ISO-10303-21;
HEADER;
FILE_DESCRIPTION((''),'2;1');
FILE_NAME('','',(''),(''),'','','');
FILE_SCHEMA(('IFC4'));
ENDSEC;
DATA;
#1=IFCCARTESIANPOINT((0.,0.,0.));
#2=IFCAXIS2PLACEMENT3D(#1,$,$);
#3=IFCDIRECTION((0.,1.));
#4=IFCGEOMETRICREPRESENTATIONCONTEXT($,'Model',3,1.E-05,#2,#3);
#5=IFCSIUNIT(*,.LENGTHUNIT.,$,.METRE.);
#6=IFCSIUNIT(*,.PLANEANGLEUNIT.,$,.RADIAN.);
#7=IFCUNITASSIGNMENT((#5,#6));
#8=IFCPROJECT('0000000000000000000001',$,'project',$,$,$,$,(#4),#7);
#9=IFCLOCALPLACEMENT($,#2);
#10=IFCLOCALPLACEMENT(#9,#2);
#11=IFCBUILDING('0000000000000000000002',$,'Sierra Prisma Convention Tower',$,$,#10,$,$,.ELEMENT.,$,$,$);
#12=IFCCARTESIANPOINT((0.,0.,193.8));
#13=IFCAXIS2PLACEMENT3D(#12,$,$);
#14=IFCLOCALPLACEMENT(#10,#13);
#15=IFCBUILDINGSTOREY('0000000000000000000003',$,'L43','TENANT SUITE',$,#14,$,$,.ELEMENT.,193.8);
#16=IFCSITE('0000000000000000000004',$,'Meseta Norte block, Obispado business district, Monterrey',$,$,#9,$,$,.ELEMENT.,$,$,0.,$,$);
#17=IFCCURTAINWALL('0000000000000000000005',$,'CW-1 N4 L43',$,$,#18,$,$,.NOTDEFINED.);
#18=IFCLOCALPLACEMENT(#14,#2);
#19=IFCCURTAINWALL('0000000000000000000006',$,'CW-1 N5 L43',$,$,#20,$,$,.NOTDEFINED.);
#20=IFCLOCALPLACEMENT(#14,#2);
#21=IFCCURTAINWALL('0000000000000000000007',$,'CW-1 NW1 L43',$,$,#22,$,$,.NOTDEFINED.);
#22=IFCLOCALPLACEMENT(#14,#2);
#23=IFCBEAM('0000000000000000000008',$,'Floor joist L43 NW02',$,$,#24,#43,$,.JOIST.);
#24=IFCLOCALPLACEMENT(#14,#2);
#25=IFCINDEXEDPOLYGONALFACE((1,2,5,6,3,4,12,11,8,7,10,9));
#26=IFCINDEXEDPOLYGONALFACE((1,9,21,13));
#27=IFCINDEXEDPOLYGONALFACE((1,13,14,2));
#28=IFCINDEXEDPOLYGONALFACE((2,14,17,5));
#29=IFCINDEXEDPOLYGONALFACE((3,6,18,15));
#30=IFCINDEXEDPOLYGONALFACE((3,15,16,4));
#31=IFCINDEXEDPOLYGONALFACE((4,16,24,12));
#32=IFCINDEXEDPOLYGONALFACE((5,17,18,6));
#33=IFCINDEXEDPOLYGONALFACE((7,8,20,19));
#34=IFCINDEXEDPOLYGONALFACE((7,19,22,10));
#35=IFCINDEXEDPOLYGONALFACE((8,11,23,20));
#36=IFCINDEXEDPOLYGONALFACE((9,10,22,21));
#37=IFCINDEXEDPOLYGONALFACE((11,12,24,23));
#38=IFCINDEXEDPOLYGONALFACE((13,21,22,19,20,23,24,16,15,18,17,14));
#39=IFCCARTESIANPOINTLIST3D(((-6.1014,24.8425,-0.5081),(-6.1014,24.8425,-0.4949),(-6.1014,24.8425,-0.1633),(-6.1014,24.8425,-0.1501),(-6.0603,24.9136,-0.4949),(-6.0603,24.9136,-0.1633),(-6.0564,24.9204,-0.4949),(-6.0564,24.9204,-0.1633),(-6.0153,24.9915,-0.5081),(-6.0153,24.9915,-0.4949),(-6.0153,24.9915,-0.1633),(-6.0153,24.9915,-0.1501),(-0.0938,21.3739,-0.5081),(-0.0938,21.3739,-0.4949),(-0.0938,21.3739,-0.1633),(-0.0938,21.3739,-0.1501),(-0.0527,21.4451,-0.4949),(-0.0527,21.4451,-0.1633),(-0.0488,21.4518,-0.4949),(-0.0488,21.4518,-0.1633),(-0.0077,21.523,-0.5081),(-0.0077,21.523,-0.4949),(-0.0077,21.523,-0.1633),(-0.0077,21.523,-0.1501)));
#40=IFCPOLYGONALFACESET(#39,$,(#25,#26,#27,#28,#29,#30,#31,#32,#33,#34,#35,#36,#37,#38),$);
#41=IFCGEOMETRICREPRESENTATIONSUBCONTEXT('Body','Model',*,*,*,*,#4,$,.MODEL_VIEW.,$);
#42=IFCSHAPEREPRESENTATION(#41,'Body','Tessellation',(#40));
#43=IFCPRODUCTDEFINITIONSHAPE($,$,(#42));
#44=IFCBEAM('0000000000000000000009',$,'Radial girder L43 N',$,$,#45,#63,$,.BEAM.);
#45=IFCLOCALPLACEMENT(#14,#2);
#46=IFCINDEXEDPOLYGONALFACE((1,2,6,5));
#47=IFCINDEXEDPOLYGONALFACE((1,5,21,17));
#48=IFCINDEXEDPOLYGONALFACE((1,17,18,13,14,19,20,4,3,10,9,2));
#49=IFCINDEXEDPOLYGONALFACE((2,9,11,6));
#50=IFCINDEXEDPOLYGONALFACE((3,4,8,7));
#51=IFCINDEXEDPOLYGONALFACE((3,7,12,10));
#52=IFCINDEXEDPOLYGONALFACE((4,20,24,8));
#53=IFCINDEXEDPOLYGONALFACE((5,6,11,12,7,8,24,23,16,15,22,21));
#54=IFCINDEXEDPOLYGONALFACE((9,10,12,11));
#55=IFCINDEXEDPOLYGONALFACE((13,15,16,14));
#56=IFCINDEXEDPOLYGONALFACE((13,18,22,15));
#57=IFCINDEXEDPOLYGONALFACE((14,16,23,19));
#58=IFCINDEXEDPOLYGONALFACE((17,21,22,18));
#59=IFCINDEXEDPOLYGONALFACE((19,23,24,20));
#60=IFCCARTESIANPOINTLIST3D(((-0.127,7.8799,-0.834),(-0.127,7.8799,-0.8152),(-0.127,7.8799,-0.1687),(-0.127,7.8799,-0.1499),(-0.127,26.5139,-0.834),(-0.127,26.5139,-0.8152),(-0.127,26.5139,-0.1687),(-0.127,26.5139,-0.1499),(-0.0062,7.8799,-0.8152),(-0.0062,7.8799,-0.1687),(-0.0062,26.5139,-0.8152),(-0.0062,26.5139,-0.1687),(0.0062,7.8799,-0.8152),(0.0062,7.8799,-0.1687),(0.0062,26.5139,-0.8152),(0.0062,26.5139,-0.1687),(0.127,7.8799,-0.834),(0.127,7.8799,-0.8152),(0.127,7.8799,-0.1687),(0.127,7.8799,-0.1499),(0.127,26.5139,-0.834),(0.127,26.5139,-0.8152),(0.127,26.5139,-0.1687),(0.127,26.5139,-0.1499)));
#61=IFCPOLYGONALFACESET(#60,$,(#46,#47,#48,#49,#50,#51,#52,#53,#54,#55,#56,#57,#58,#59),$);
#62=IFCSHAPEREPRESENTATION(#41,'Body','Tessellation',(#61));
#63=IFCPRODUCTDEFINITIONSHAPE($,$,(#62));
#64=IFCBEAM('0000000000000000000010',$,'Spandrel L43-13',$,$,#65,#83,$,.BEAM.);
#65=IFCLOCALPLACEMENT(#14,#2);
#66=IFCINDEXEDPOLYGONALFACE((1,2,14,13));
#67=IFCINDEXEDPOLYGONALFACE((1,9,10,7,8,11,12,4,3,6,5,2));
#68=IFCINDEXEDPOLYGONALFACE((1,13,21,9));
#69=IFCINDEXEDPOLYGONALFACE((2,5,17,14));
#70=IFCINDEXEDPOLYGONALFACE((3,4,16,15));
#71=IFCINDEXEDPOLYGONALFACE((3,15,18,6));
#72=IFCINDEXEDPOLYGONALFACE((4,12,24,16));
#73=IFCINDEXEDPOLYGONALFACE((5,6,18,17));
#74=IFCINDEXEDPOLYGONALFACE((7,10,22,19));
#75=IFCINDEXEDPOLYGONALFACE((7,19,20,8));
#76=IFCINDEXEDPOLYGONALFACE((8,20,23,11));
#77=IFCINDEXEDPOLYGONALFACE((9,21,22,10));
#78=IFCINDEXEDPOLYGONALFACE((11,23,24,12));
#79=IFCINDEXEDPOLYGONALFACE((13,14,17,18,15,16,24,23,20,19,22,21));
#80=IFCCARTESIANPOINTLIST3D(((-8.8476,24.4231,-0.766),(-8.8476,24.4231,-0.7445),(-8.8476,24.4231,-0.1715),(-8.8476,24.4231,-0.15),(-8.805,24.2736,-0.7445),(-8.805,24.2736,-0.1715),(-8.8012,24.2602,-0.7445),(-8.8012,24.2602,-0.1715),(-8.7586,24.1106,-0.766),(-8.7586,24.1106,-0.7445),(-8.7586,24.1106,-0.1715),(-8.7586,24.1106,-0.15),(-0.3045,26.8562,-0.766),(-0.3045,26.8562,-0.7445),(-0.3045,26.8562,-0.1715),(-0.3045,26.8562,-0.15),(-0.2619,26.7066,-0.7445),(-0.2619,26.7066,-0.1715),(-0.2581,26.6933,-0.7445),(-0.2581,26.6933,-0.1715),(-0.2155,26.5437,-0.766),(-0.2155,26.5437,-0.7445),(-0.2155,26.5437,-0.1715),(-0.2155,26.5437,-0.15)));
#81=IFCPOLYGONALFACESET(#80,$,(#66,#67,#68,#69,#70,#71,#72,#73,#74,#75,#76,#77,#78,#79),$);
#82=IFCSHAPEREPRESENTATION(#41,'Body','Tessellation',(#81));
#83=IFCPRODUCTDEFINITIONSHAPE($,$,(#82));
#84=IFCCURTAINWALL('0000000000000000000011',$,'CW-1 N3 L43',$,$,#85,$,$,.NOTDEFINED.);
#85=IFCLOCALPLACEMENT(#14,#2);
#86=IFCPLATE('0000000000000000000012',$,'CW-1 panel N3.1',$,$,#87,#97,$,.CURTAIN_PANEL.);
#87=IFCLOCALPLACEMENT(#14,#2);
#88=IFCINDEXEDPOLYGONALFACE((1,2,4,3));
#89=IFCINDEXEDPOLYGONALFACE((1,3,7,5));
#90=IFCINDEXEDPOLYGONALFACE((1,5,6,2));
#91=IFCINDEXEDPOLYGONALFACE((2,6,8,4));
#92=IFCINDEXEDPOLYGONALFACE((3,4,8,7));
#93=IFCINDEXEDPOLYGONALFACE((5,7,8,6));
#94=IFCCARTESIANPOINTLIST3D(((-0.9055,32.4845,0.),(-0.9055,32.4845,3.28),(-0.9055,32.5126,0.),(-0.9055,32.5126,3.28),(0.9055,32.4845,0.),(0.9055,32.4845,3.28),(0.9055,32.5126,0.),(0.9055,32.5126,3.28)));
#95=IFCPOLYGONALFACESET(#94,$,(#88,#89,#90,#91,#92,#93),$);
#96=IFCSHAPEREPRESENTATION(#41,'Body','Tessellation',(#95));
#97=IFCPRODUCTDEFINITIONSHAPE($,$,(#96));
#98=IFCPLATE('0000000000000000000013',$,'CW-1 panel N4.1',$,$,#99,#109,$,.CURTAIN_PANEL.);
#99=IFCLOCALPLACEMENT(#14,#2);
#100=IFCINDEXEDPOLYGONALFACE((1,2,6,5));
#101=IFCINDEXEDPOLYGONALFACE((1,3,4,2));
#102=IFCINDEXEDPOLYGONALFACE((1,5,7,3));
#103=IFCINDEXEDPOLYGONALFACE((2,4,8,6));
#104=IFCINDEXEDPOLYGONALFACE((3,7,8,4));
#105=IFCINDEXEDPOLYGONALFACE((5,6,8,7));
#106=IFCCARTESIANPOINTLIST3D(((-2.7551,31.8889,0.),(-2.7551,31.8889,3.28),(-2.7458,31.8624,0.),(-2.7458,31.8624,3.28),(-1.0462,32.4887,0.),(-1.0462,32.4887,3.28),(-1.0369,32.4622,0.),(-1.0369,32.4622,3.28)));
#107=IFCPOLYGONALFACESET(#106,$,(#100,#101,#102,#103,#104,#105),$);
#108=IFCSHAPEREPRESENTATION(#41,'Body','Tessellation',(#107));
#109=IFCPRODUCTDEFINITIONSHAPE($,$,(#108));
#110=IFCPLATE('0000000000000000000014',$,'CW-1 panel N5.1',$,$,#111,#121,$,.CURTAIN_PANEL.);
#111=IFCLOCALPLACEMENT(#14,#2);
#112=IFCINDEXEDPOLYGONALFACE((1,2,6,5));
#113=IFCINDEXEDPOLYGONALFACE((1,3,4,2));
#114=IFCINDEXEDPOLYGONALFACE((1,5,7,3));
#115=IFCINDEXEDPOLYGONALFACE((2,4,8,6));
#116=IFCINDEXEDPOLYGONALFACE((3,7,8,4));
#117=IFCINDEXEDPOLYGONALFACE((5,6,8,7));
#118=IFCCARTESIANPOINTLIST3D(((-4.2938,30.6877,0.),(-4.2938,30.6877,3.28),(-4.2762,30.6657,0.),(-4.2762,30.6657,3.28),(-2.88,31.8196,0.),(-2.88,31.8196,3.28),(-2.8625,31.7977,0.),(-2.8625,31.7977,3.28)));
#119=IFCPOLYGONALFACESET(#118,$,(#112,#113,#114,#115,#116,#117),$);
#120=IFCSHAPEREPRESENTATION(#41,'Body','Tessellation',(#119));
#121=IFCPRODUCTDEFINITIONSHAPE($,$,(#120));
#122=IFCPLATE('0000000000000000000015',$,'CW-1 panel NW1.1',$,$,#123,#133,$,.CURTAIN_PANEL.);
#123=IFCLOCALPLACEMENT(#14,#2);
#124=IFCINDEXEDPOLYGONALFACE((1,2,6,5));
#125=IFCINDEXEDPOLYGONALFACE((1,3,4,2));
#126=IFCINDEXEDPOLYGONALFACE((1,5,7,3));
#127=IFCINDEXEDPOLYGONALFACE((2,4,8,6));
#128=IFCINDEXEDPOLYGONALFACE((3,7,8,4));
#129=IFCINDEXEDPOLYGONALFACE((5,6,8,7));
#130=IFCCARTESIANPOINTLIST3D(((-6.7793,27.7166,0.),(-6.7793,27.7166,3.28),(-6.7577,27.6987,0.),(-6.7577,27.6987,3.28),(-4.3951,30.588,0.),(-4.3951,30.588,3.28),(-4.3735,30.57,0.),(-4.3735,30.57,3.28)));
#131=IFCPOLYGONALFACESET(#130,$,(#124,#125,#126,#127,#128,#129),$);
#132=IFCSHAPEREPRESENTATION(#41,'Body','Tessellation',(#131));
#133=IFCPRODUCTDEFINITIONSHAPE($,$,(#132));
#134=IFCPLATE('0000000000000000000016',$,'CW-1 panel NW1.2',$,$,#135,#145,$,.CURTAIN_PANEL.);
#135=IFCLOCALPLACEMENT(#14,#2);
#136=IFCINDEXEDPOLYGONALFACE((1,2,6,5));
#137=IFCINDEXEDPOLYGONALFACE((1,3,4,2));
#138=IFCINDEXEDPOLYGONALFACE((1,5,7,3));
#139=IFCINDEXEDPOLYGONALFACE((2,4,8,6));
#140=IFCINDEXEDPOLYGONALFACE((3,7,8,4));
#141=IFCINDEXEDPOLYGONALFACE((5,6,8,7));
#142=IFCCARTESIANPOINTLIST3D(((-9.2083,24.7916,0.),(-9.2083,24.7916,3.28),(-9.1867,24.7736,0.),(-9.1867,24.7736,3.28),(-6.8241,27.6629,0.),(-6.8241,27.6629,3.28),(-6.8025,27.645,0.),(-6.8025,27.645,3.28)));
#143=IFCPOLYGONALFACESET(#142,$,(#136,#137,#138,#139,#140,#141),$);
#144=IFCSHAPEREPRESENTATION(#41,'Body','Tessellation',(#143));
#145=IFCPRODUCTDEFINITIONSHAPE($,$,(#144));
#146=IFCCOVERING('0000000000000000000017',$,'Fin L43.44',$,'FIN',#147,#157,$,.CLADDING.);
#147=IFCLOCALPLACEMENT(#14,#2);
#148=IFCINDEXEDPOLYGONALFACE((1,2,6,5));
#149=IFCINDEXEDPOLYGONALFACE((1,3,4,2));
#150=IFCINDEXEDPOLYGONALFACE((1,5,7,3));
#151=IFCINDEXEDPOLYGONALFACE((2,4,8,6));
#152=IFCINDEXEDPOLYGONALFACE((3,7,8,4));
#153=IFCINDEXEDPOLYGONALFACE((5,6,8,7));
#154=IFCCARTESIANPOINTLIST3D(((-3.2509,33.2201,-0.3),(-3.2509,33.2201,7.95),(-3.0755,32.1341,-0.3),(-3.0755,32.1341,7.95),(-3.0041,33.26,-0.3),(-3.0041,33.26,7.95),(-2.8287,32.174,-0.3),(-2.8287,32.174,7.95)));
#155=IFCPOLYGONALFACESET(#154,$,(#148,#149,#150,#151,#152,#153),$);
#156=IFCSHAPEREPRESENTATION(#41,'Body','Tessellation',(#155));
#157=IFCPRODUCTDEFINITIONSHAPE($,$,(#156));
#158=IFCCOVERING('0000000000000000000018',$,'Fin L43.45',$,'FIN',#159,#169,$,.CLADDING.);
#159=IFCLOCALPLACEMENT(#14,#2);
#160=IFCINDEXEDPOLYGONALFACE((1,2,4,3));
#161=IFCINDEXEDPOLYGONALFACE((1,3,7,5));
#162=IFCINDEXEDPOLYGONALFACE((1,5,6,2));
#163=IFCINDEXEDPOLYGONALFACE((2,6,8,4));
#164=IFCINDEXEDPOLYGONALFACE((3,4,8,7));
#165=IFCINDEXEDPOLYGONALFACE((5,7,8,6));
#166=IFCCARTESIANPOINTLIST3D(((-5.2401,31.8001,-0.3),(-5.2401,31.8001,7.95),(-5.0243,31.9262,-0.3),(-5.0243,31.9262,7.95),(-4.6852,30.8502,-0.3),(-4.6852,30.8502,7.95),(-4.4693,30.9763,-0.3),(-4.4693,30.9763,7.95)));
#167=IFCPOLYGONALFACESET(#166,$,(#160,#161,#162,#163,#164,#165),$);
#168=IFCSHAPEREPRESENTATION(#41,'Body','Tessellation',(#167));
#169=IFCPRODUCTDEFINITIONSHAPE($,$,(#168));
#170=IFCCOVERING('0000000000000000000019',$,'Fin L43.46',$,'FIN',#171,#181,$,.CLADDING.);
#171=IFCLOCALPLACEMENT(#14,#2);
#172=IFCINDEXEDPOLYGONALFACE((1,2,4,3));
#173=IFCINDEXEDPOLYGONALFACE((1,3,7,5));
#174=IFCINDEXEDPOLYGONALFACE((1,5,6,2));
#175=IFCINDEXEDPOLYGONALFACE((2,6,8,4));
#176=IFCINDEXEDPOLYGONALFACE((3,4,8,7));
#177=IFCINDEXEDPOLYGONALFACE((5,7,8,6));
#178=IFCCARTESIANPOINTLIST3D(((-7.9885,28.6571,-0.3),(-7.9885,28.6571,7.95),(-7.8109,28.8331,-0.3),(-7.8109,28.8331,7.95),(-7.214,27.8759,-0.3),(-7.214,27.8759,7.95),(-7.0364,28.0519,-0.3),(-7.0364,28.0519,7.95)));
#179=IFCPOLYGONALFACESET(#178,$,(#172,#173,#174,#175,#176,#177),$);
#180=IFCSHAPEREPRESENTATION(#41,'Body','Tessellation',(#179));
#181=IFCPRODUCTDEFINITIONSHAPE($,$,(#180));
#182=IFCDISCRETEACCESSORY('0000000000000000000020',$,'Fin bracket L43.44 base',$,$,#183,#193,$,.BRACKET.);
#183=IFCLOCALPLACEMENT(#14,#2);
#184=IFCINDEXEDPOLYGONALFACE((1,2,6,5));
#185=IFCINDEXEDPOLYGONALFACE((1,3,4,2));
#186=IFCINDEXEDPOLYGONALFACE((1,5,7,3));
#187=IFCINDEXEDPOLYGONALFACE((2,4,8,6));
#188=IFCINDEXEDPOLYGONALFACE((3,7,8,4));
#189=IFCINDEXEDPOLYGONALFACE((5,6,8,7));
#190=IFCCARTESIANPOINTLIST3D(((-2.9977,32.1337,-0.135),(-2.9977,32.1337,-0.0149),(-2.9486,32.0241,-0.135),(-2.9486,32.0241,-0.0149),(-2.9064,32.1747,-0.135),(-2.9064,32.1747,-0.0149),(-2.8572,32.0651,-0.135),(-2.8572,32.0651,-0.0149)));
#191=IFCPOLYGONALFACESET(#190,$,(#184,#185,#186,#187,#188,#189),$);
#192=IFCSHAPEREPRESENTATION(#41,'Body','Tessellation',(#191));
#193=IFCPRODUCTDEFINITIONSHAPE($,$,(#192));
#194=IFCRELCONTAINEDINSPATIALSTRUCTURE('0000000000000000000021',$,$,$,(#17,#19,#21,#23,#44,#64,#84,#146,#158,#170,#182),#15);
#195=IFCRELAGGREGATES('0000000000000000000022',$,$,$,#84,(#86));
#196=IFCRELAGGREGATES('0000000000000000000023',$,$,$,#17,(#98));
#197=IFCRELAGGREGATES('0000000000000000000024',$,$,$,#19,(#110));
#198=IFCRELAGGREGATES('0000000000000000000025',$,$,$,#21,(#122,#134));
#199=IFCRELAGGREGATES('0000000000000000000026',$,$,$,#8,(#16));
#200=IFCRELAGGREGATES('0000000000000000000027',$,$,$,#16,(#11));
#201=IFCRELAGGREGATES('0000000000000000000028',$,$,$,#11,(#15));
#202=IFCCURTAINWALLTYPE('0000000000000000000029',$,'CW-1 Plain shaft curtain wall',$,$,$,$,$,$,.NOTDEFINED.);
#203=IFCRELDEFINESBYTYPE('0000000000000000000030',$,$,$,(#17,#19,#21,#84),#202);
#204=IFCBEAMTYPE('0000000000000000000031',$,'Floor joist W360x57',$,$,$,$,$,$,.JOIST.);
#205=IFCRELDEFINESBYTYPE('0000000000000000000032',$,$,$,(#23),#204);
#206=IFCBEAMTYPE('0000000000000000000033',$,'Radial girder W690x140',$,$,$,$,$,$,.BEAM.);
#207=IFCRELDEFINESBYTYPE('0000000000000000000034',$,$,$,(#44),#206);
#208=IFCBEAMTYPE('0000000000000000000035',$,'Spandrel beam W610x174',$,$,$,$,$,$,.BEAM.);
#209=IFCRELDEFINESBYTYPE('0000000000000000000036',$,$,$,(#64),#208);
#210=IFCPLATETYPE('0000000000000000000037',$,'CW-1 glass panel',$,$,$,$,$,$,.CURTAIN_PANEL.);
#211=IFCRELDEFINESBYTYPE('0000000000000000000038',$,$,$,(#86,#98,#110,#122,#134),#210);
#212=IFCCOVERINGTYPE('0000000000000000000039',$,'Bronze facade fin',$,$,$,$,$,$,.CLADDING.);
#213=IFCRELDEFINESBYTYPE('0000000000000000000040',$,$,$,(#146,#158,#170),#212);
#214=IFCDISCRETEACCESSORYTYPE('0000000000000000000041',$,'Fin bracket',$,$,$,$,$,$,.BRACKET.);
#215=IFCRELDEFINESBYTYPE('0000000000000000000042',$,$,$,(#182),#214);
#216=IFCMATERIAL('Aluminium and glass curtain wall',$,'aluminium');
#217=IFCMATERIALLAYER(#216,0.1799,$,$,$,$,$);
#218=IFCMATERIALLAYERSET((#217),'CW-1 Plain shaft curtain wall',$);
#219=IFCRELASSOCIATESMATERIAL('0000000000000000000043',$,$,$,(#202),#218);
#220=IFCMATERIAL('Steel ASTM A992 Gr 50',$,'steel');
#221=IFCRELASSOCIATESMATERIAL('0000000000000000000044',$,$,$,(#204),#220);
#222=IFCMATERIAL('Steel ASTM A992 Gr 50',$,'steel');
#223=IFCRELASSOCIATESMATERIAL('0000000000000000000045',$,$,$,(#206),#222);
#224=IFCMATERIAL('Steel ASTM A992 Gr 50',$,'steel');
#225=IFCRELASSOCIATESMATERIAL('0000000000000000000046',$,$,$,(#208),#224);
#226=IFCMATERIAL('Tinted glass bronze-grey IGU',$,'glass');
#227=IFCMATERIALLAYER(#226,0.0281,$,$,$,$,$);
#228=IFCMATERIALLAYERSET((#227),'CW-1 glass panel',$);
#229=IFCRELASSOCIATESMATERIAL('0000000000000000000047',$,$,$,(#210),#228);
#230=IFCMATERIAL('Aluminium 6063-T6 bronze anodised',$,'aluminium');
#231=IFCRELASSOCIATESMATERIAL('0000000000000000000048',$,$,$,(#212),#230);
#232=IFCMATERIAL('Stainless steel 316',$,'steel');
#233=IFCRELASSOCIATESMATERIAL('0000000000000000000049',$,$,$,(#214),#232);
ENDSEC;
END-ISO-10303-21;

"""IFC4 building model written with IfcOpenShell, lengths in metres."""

from ifc_helpers import new_model, si_unit, direction, frame, origin, origin_2d, place, context, subcontext, project, spatial, rectangle, i_section, extrude, material, layer, layer_set, material_profile, profile_set, type_object, element, aggregate, save


model = new_model("IFC4")

# Units and contexts
model_context = context("Model", 3, precision=1e-05, world=origin(), true_north=direction((0.0, 1.0)))
body_context = subcontext(model_context, "Body", "Model", "MODEL_VIEW")
ifc_project = project(units=[si_unit("LENGTHUNIT", "METRE"), si_unit("PLANEANGLEUNIT", "RADIAN")], contexts=[model_context])

# Site, building, storey
site_placement = place(None, origin())
site = spatial("IfcSite", under=ifc_project, at=site_placement, Name="Meseta Norte block, Obispado business district, Monterrey", CompositionType="ELEMENT", RefElevation=0.0)
building_placement = place(site_placement, origin())
building = spatial("IfcBuilding", under=site, at=building_placement, Name="Sierra Prisma Convention Tower", CompositionType="ELEMENT")
storey_placement = place(building_placement, frame((0.0, 0.0, 193.8)))
storey = spatial("IfcBuildingStorey", under=building, at=storey_placement, Name="L43", Description="TENANT SUITE", CompositionType="ELEMENT", Elevation=193.8)

# Curtain walls
ifc_material_1 = material(Name="Aluminium and glass curtain wall", Category="aluminium")
ifc_layer_1 = layer(ifc_material_1, 0.1799)
ifc_layer_set_1 = layer_set([ifc_layer_1], Name="CW-1 Plain shaft curtain wall")
curtain_wall_type = type_object("IfcCurtainWallType", Name="CW-1 Plain shaft curtain wall", PredefinedType="NOTDEFINED", material=ifc_layer_set_1)
curtain_wall_1_placement = place(storey_placement, origin())
curtain_wall_1 = element("IfcCurtainWall", 1, at=curtain_wall_1_placement, inside=storey, type_object=curtain_wall_type, Name="CW-1 N4 L43", PredefinedType="NOTDEFINED")
curtain_wall_2_placement = place(storey_placement, origin())
curtain_wall_2 = element("IfcCurtainWall", 2, at=curtain_wall_2_placement, inside=storey, type_object=curtain_wall_type, Name="CW-1 N5 L43", PredefinedType="NOTDEFINED")

# Curtain wall
curtain_wall_3_placement = place(storey_placement, origin())
curtain_wall_3 = element("IfcCurtainWall", 3, at=curtain_wall_3_placement, inside=storey, type_object=curtain_wall_type, Name="CW-1 NW1 L43", PredefinedType="NOTDEFINED")

# Beams
ifc_material_2 = material(Name="Steel ASTM A992 Gr 50", Category="steel")
ifc_material_profile_1 = material_profile(ifc_material_2, i_section(OverallWidth=0.1721, OverallDepth=0.3579, WebThickness=0.0078, FlangeThickness=0.0132, at=origin_2d()), Name="W360x57")
ifc_profile_set_1 = profile_set([ifc_material_profile_1], Name="Steel ASTM A992 Gr 50")
beam_type_1 = type_object("IfcBeamType", Name="Floor joist W360x57", PredefinedType="JOIST", material=ifc_profile_set_1)
beam_1_placement = place(storey_placement, frame((-6.0583, 24.917, -0.3291), z_axis=(0.866023, -0.500004, 0.0), x_axis=(0.500004, 0.866023, 0.0)))
element("IfcBeam", 4, at=beam_1_placement, inside=storey, type_object=beam_type_1, Name="Floor joist L43 NW02", PredefinedType="JOIST", context=body_context, shape_type="SweptSolid", body=[
    extrude(i_section(OverallWidth=0.1721, OverallDepth=0.3579, WebThickness=0.0078, FlangeThickness=0.0132, at=origin_2d()), origin(), (0.0, 0.0, 1.0), 6.937),
])
ifc_material_3 = material(Name="Steel ASTM A992 Gr 50", Category="steel")
ifc_material_profile_2 = material_profile(ifc_material_3, i_section(OverallWidth=0.2539, OverallDepth=0.6841, WebThickness=0.0125, FlangeThickness=0.0188, at=origin_2d()), Name="W690x140")
ifc_profile_set_2 = profile_set([ifc_material_profile_2], Name="Steel ASTM A992 Gr 50")
beam_type_2 = type_object("IfcBeamType", Name="Radial girder W690x140", PredefinedType="BEAM", material=ifc_profile_set_2)
beam_2_placement = place(storey_placement, frame((0.0, 26.5139, -0.4919), z_axis=(0.0, -1.0, 0.0), x_axis=(1.0, 0.0, 0.0)))
element("IfcBeam", 5, at=beam_2_placement, inside=storey, type_object=beam_type_2, Name="Radial girder L43 N", PredefinedType="BEAM", context=body_context, shape_type="SweptSolid", body=[
    extrude(i_section(OverallWidth=0.2539, OverallDepth=0.6841, WebThickness=0.0125, FlangeThickness=0.0188, at=origin_2d()), origin(), (0.0, 0.0, 1.0), 18.634),
])
ifc_material_4 = material(Name="Steel ASTM A992 Gr 50", Category="steel")
ifc_material_profile_3 = material_profile(ifc_material_4, i_section(OverallWidth=0.325, OverallDepth=0.616, WebThickness=0.0139, FlangeThickness=0.0215, at=origin_2d()), Name="W610x174")
ifc_profile_set_3 = profile_set([ifc_material_profile_3], Name="Steel ASTM A992 Gr 50")
beam_type_3 = type_object("IfcBeamType", Name="Spandrel beam W610x174", PredefinedType="BEAM", material=ifc_profile_set_3)
beam_3_placement = place(storey_placement, frame((-0.26, 26.7, -0.458), z_axis=(-0.961756, -0.273908, 0.0), x_axis=(0.273908, -0.961756, 0.0)))
element("IfcBeam", 6, at=beam_3_placement, inside=storey, type_object=beam_type_3, Name="Spandrel L43-13", PredefinedType="BEAM", context=body_context, shape_type="SweptSolid", body=[
    extrude(i_section(OverallWidth=0.325, OverallDepth=0.616, WebThickness=0.0139, FlangeThickness=0.0215, at=origin_2d()), origin(), (0.0, 0.0, 1.0), 8.8828),
])

# Curtain wall, plate
curtain_wall_4_placement = place(storey_placement, origin())
curtain_wall_4 = element("IfcCurtainWall", 7, at=curtain_wall_4_placement, inside=storey, type_object=curtain_wall_type, Name="CW-1 N3 L43", PredefinedType="NOTDEFINED")
ifc_material_5 = material(Name="Tinted glass bronze-grey IGU", Category="glass")
ifc_layer_2 = layer(ifc_material_5, 0.0281)
ifc_layer_set_2 = layer_set([ifc_layer_2], Name="CW-1 glass panel")
plate_type = type_object("IfcPlateType", Name="CW-1 glass panel", PredefinedType="CURTAIN_PANEL", material=ifc_layer_set_2)
plate_1_placement = place(storey_placement, frame((0.0, 32.4985, 0.0), z_axis=(0.0, 0.0, 1.0), x_axis=(-1.0, 0.0, 0.0)))
plate_1 = element("IfcPlate", 8, at=plate_1_placement, type_object=plate_type, Name="CW-1 panel N3.1", PredefinedType="CURTAIN_PANEL", context=body_context, shape_type="SweptSolid", body=[
    extrude(rectangle(XDim=1.811, YDim=0.0281, at=origin_2d()), origin(), (0.0, 0.0, 1.0), 3.28),
])
aggregate(curtain_wall_4, [plate_1])

# Plates
plate_2_placement = place(storey_placement, frame((-1.896, 32.1755, 0.0), z_axis=(0.0, 0.0, 1.0), x_axis=(-0.943559, -0.331205, 0.0)))
plate_2 = element("IfcPlate", 9, at=plate_2_placement, type_object=plate_type, Name="CW-1 panel N4.1", PredefinedType="CURTAIN_PANEL", context=body_context, shape_type="SweptSolid", body=[
    extrude(rectangle(XDim=1.811, YDim=0.0281, at=origin_2d()), origin(), (0.0, 0.0, 1.0), 3.28),
])
aggregate(curtain_wall_1, [plate_2])
plate_3_placement = place(storey_placement, frame((-3.5781, 31.2427, 0.0), z_axis=(0.0, 0.0, 1.0), x_axis=(-0.780606, -0.625023, 0.0)))
plate_3 = element("IfcPlate", 10, at=plate_3_placement, type_object=plate_type, Name="CW-1 panel N5.1", PredefinedType="CURTAIN_PANEL", context=body_context, shape_type="SweptSolid", body=[
    extrude(rectangle(XDim=1.811, YDim=0.0281, at=origin_2d()), origin(), (0.0, 0.0, 1.0), 3.28),
])
aggregate(curtain_wall_2, [plate_3])
plate_4_placement = place(storey_placement, frame((-5.5764, 29.1433, 0.0), z_axis=(0.0, 0.0, 1.0), x_axis=(-0.638825, -0.769352, 0.0)))
plate_4 = element("IfcPlate", 11, at=plate_4_placement, type_object=plate_type, Name="CW-1 panel NW1.1", PredefinedType="CURTAIN_PANEL", context=body_context, shape_type="SweptSolid", body=[
    extrude(rectangle(XDim=3.7322, YDim=0.0281, at=origin_2d()), origin(), (0.0, 0.0, 1.0), 3.28),
])
plate_5_placement = place(storey_placement, frame((-8.0054, 26.2183, 0.0), z_axis=(0.0, 0.0, 1.0), x_axis=(-0.638825, -0.769352, 0.0)))
plate_5 = element("IfcPlate", 12, at=plate_5_placement, type_object=plate_type, Name="CW-1 panel NW1.2", PredefinedType="CURTAIN_PANEL", context=body_context, shape_type="SweptSolid", body=[
    extrude(rectangle(XDim=3.7322, YDim=0.0281, at=origin_2d()), origin(), (0.0, 0.0, 1.0), 3.28),
])
aggregate(curtain_wall_3, [plate_4, plate_5])

# Coverings
ifc_material_6 = material(Name="Aluminium 6063-T6 bronze anodised", Category="aluminium")
ifc_material_profile_4 = material_profile(ifc_material_6, rectangle(XDim=1.1001, YDim=0.25, at=origin_2d()), Name="ALU FIN 1100x250")
ifc_profile_set_4 = profile_set([ifc_material_profile_4], Name="Aluminium 6063-T6 bronze anodised")
covering_type = type_object("IfcCoveringType", Name="Bronze facade fin", PredefinedType="CLADDING", material=ifc_profile_set_4)
for number, where, z_axis, x_axis, name in (
    (13, (-3.0398, 32.697, -0.3), (0.0, 0.0, 1.0), (-0.159492, 0.987199, 0.0), "Fin L43.44"),
    (14, (-4.8547, 31.3882, -0.3), (0.0, 0.0, 1.0), (-0.504463, 0.863433, 0.0), "Fin L43.45"),
    (15, (-7.5125, 28.3545, -0.3), (0.0, 0.0, 1.0), (-0.704043, 0.710157, 0.0), "Fin L43.46"),
):
    element("IfcCovering", number, at=place(storey_placement, frame(where, z_axis=z_axis, x_axis=x_axis)), inside=storey, type_object=covering_type, Name=name, ObjectType="FIN", PredefinedType="CLADDING", context=body_context, shape_type="SweptSolid", body=[
        extrude(rectangle(XDim=1.1001, YDim=0.25, at=origin_2d()), origin(), (0.0, 0.0, 1.0), 8.25),
    ])

# Discrete accessory
ifc_material_7 = material(Name="Stainless steel 316", Category="steel")
discrete_accessory_type = type_object("IfcDiscreteAccessoryType", Name="Fin bracket", PredefinedType="BRACKET", material=ifc_material_7)
for number, where, z_axis, x_axis, name in (
    (16, (-2.9275, 32.0994, -0.135), (0.0, 0.0, 1.0), (-0.409564, 0.912281, 0.0), "Fin bracket L43.44 base"),
):
    element("IfcDiscreteAccessory", number, at=place(storey_placement, frame(where, z_axis=z_axis, x_axis=x_axis)), inside=storey, type_object=discrete_accessory_type, Name=name, PredefinedType="BRACKET", context=body_context, shape_type="SweptSolid", body=[
        extrude(rectangle(XDim=0.1201, YDim=0.1001, at=origin_2d()), origin(), (0.0, 0.0, 1.0), 0.1201),
    ])

save(model, "model.ifc")
